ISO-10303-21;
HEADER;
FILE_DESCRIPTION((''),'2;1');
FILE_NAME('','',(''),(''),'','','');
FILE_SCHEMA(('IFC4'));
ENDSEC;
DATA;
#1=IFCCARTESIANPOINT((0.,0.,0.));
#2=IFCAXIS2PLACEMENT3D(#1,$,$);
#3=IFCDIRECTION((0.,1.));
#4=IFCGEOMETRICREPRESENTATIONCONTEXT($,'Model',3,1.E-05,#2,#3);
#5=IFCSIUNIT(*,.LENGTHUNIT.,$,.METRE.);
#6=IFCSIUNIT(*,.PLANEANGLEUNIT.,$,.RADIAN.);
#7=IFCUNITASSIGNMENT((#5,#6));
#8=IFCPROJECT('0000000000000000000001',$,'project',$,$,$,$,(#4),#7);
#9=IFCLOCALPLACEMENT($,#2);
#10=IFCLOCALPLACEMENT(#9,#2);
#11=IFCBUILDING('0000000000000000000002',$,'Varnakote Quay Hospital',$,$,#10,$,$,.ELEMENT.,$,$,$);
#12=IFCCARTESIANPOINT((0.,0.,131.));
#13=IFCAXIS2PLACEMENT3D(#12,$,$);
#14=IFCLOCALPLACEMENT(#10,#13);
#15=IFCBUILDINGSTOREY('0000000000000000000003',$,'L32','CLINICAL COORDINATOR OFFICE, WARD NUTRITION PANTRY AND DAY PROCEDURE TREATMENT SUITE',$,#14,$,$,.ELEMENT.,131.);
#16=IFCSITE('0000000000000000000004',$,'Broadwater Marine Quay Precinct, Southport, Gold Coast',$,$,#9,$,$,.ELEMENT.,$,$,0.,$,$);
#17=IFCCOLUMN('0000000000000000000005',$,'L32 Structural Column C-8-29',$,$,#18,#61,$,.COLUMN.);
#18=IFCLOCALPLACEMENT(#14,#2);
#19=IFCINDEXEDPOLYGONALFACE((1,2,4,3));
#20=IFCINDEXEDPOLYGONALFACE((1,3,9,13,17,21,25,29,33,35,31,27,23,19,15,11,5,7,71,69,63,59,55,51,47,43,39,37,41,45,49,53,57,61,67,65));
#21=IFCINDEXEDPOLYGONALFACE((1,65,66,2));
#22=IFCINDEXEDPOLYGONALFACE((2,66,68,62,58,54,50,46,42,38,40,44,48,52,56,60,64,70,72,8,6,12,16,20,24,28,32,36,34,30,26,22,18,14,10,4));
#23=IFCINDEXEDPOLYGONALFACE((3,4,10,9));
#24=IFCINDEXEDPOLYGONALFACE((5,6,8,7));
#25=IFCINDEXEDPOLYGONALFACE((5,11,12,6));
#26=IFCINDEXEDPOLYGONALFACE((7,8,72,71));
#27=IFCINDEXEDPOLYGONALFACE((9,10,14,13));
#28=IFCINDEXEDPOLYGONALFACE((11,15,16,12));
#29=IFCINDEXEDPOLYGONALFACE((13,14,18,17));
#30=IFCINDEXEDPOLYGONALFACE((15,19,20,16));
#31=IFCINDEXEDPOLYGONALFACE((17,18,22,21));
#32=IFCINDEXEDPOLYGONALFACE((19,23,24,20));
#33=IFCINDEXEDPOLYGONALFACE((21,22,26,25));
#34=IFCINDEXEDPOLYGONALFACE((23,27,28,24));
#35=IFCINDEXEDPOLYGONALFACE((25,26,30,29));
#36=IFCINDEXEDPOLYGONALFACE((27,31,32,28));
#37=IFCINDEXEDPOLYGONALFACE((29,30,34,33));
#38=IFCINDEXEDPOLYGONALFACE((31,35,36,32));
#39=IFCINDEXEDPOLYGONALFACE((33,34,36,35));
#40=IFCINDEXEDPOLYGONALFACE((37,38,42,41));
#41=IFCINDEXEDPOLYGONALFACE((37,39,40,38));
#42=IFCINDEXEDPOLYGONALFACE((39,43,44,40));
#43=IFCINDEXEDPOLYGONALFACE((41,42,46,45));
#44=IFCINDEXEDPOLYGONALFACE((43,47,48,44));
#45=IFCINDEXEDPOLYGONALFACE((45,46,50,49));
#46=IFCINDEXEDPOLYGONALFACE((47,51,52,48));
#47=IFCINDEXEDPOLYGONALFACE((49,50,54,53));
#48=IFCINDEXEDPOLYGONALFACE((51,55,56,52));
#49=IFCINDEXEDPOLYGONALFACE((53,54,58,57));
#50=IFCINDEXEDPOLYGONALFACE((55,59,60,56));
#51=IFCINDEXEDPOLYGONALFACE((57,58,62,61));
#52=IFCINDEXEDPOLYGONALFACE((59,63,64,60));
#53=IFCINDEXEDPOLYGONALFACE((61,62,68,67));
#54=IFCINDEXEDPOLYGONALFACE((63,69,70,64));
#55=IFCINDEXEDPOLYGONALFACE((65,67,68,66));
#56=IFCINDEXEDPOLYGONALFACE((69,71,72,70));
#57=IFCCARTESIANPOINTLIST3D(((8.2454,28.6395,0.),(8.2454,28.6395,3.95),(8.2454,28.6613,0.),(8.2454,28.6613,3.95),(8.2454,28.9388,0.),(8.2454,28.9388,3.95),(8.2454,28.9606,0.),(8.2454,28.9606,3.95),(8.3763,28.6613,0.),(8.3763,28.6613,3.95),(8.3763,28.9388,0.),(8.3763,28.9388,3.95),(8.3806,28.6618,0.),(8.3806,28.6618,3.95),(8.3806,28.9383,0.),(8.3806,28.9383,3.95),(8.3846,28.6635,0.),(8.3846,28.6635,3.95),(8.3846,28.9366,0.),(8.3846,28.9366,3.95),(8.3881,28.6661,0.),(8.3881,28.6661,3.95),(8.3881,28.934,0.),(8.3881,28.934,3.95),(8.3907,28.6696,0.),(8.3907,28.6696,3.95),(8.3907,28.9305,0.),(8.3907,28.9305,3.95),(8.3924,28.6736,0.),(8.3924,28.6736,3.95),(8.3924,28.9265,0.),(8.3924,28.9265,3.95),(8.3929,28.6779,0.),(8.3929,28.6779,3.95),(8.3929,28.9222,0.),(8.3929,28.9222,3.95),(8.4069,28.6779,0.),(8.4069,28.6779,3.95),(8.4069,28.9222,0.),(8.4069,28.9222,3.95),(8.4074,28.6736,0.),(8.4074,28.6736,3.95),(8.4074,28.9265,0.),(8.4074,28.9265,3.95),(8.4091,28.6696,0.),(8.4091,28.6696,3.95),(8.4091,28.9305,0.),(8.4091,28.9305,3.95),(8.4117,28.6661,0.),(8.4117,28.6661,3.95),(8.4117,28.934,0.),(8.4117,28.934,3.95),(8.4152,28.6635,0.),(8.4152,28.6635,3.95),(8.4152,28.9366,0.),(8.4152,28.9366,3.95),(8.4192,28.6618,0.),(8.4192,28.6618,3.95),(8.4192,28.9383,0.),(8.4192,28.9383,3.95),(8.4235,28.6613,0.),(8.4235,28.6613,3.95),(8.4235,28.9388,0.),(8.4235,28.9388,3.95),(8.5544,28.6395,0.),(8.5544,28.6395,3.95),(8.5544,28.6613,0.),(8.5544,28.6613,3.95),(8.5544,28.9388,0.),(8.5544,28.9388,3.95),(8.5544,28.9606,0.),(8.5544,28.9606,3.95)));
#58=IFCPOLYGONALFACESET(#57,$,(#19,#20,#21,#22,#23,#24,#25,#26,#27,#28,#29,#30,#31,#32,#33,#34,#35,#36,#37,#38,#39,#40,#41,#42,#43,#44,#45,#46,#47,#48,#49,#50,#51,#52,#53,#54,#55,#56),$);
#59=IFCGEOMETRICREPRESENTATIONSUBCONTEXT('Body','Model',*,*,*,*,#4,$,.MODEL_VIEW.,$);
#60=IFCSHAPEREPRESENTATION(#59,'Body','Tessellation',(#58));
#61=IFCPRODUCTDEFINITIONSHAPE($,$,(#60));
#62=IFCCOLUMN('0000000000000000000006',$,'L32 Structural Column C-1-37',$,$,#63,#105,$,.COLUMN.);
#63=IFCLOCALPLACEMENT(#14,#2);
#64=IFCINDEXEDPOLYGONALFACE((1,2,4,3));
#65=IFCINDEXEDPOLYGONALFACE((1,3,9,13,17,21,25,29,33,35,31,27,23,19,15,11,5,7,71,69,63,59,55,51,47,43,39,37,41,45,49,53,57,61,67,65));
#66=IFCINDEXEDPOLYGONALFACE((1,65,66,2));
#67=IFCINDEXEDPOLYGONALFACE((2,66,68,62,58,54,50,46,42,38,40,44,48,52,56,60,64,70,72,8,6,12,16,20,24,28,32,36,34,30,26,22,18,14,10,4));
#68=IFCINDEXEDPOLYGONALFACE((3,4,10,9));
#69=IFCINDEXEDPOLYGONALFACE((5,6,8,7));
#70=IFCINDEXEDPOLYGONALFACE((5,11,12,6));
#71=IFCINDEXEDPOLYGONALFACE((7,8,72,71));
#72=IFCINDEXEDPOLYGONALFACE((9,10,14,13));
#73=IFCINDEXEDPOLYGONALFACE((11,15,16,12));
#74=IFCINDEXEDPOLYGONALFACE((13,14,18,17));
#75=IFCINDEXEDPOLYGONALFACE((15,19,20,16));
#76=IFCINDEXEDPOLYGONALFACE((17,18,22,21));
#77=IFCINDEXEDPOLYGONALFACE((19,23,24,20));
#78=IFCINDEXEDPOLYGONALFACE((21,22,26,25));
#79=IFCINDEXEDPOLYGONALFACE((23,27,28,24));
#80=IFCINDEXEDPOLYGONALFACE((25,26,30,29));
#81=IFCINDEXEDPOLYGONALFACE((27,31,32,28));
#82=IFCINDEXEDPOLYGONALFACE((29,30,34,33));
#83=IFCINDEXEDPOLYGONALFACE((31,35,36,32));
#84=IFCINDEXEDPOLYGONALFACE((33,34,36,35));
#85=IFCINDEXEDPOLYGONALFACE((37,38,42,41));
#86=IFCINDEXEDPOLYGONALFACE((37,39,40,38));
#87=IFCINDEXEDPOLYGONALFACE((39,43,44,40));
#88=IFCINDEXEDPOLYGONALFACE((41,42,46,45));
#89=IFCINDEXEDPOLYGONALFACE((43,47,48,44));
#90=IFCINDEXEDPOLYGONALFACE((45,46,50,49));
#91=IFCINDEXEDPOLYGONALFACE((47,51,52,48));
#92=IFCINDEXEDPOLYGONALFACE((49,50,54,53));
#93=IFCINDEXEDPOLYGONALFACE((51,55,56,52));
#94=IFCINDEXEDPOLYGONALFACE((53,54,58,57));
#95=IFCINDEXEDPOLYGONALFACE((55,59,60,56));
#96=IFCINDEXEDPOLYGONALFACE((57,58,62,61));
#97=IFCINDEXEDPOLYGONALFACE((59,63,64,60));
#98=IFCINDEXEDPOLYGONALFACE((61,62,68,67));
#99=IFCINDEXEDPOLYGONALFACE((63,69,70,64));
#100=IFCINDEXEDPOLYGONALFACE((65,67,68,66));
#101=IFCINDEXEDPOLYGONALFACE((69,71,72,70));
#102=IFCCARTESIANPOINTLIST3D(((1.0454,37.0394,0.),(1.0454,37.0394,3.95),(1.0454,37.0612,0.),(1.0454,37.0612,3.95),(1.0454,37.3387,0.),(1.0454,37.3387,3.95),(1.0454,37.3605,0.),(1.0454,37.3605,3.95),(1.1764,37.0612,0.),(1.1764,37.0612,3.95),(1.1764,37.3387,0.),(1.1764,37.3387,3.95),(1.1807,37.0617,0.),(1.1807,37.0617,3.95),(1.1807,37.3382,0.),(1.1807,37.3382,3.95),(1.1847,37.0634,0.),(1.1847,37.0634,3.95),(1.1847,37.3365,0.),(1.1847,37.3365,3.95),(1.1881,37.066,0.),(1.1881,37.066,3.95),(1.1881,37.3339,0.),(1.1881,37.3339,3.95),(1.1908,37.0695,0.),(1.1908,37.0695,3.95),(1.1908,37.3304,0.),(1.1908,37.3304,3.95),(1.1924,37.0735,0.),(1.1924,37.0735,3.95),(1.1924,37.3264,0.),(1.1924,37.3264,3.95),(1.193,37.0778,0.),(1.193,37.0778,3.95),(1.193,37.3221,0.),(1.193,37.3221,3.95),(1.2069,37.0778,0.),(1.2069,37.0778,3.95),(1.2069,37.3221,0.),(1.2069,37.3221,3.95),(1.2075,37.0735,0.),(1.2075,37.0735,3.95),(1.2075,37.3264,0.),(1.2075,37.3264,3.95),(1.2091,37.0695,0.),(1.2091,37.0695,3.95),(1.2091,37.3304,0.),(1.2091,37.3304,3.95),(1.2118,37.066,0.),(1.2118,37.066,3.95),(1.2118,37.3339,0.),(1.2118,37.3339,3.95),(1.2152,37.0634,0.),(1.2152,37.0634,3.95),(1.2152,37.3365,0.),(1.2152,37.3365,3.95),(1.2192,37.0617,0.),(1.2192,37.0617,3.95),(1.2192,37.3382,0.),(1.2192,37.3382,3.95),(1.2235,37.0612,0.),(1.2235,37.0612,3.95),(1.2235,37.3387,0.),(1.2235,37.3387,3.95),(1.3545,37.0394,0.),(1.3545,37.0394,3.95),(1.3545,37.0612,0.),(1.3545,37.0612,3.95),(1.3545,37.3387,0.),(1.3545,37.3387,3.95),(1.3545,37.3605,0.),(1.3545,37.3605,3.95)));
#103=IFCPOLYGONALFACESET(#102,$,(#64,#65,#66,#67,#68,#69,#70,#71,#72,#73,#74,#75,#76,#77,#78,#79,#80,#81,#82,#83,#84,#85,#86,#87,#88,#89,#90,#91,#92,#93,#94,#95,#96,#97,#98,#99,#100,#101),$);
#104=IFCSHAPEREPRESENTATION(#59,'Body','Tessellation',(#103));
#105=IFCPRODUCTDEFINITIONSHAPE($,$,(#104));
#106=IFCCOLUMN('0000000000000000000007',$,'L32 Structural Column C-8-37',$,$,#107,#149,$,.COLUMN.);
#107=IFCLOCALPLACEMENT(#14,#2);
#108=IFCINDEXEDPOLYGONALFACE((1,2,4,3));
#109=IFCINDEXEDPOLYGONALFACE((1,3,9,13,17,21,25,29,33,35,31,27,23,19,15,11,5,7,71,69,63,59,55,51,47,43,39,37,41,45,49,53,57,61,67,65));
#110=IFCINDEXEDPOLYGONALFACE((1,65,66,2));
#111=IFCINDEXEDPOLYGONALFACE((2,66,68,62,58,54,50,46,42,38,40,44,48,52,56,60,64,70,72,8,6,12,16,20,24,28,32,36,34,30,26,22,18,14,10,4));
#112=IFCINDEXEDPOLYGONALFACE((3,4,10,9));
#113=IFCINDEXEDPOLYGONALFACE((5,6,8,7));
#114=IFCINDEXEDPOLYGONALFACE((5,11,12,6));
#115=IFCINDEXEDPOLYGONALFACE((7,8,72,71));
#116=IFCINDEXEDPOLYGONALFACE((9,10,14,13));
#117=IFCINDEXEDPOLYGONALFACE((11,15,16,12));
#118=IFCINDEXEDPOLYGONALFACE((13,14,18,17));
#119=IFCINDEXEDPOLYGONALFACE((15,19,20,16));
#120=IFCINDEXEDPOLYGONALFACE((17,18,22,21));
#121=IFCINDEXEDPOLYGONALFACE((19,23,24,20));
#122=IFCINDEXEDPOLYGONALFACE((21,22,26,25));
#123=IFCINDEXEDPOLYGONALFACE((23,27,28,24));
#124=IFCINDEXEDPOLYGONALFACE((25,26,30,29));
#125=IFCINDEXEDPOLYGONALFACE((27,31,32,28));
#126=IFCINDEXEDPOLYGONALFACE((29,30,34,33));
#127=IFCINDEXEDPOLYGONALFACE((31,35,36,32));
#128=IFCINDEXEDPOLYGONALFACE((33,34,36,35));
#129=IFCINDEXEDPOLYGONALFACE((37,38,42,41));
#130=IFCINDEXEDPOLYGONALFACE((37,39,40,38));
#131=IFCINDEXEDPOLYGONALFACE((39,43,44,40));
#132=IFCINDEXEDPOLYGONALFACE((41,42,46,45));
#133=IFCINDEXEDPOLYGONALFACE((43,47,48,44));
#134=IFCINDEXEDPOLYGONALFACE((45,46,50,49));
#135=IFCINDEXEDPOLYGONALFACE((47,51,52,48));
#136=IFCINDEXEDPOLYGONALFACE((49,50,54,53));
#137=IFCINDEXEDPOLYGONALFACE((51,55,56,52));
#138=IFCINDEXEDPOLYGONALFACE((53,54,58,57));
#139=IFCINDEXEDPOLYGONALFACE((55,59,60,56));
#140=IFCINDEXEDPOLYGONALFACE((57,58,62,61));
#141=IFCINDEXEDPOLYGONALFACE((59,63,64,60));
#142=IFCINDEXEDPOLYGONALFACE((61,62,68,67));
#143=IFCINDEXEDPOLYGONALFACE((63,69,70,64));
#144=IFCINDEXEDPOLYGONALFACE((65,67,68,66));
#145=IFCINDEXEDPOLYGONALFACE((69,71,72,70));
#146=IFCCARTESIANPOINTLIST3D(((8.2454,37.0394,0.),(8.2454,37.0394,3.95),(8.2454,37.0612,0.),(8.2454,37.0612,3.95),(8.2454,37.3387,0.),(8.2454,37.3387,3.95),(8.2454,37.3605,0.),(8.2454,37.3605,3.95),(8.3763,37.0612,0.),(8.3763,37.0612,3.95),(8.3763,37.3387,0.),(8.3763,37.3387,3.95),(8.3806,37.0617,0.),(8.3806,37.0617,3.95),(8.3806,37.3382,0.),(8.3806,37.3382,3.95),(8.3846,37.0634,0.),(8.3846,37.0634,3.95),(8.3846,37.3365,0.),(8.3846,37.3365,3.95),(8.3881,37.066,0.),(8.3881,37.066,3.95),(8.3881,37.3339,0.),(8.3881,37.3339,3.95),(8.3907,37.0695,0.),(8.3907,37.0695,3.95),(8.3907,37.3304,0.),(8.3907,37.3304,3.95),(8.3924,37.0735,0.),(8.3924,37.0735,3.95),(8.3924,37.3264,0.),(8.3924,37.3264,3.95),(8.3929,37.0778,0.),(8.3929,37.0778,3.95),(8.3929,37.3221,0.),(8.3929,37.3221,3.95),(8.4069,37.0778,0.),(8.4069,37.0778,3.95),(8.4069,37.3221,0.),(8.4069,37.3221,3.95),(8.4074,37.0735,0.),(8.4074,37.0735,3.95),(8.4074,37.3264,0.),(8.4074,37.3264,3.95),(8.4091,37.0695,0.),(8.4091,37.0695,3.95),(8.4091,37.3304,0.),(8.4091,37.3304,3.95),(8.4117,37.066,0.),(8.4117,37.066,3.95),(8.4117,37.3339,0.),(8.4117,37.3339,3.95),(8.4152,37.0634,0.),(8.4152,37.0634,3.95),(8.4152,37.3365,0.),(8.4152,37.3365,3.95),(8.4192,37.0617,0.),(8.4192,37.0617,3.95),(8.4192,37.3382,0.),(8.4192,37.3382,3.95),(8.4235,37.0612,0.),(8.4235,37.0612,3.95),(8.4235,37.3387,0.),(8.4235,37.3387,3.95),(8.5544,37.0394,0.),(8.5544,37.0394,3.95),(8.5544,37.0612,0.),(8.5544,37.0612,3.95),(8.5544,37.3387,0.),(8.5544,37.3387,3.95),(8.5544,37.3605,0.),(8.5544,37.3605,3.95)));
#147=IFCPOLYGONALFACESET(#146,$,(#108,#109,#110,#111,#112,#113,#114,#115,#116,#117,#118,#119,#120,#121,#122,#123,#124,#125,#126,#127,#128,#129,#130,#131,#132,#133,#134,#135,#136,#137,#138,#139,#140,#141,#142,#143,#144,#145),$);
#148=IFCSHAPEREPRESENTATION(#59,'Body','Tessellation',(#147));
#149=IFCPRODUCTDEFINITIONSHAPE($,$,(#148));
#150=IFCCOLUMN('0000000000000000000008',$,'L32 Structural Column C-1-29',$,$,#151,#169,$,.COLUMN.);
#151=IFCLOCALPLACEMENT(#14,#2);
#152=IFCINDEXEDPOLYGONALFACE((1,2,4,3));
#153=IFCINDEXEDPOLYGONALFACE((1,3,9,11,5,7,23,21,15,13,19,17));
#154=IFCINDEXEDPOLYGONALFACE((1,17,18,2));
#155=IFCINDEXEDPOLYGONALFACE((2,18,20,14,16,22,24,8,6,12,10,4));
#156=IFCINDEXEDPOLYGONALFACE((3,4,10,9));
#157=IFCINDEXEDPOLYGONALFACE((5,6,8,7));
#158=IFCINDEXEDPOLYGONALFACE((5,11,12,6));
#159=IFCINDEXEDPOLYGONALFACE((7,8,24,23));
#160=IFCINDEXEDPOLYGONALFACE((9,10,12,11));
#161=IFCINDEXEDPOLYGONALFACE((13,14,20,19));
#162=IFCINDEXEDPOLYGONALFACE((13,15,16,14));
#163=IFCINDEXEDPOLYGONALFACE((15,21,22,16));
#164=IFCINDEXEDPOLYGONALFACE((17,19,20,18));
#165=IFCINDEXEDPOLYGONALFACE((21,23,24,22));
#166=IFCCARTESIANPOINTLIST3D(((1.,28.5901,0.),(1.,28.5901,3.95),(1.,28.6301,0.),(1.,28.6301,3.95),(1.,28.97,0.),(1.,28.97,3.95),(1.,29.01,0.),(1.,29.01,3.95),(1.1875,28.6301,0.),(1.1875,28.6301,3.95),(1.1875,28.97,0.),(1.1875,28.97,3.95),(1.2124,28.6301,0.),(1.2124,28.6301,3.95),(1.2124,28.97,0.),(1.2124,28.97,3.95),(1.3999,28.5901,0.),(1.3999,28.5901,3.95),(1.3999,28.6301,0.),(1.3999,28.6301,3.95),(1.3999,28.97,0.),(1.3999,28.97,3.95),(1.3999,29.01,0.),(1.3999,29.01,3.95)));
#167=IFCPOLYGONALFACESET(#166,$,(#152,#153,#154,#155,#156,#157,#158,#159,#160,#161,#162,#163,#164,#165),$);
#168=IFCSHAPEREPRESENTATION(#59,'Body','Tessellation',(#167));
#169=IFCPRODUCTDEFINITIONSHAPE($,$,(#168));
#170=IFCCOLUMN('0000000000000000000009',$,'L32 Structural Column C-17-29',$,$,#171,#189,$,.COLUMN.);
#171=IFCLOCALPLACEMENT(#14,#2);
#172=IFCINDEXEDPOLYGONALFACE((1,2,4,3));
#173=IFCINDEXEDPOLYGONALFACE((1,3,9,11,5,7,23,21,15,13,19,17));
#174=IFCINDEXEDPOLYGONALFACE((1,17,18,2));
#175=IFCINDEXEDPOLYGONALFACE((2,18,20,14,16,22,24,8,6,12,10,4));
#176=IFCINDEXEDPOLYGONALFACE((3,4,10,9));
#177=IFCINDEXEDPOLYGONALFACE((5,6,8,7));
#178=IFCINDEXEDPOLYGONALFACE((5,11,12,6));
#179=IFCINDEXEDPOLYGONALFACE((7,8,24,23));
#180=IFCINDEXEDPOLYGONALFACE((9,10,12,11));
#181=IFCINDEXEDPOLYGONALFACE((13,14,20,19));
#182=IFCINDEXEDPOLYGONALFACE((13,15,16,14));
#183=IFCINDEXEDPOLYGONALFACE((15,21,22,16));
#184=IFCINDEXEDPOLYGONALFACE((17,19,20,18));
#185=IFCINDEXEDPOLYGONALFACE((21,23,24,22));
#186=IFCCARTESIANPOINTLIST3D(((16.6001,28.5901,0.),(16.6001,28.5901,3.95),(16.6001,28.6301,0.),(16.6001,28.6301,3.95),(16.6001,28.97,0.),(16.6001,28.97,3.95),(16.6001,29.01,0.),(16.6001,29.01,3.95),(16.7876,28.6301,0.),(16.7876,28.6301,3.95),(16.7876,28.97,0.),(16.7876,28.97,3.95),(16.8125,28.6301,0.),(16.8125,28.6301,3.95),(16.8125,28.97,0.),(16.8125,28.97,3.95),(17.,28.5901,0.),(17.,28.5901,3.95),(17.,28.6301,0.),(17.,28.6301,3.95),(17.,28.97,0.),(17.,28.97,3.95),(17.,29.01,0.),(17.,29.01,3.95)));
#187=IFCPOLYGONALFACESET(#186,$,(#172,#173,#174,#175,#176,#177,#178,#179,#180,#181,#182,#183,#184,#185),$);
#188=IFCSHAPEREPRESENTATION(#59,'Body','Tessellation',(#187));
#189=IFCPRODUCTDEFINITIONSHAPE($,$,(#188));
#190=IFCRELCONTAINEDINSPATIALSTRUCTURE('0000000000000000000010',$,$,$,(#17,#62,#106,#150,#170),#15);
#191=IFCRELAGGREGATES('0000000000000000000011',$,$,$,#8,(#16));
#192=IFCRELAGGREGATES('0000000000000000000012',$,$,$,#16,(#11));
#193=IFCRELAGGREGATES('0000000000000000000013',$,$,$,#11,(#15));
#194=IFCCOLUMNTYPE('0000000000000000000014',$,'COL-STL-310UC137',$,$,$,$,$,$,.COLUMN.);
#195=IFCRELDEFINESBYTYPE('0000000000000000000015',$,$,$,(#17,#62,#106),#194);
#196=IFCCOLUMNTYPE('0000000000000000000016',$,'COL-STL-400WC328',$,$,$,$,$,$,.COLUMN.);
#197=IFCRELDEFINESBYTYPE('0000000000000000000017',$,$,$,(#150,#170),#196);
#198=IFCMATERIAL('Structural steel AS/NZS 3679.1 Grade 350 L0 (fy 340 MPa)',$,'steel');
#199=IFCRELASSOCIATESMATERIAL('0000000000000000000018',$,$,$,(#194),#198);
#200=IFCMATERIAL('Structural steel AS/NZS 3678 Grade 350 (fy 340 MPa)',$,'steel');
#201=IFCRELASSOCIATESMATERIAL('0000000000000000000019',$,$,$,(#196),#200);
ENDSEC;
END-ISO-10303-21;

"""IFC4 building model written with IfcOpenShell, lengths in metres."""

from ifc_helpers import new_model, si_unit, direction, frame, origin, origin_2d, place, context, subcontext, project, spatial, i_section, extrude, material, material_profile, profile_set, type_object, element, save


model = new_model("IFC4")

# Units and contexts
model_context = context("Model", 3, precision=1e-05, world=origin(), true_north=direction((0.0, 1.0)))
body_context = subcontext(model_context, "Body", "Model", "MODEL_VIEW")
ifc_project = project(units=[si_unit("LENGTHUNIT", "METRE"), si_unit("PLANEANGLEUNIT", "RADIAN")], contexts=[model_context])

# Site, building, storey
site_placement = place(None, origin())
site = spatial("IfcSite", under=ifc_project, at=site_placement, Name="Broadwater Marine Quay Precinct, Southport, Gold Coast", CompositionType="ELEMENT", RefElevation=0.0)
building_placement = place(site_placement, origin())
building = spatial("IfcBuilding", under=site, at=building_placement, Name="Varnakote Quay Hospital", CompositionType="ELEMENT")
storey_placement = place(building_placement, frame((0.0, 0.0, 131.0)))
storey = spatial("IfcBuildingStorey", under=building, at=storey_placement, Name="L32", Description="CLINICAL COORDINATOR OFFICE, WARD NUTRITION PANTRY AND DAY PROCEDURE TREATMENT SUITE", CompositionType="ELEMENT", Elevation=131.0)

# Columns
ifc_material_1 = material(Name="Structural steel AS/NZS 3679.1 Grade 350 L0 (fy 340 MPa)", Category="steel")
ifc_material_profile_1 = material_profile(ifc_material_1, i_section(OverallWidth=0.3091, OverallDepth=0.321, WebThickness=0.0139, FlangeThickness=0.0217, FilletRadius=0.0166, at=origin_2d()), Name="310UC137")
ifc_profile_set_1 = profile_set([ifc_material_profile_1], Name="Structural steel AS/NZS 3679.1 Grade 350 L0 (fy 340 MPa)")
column_type_1 = type_object("IfcColumnType", Name="COL-STL-310UC137", PredefinedType="COLUMN", material=ifc_profile_set_1)
for number, where, z_axis, x_axis, name in (
    (1, (8.3999, 28.8, 0.0), (0.0, 0.0, 1.0), (1.0, 0.0, 0.0), "L32 Structural Column C-8-29"),
    (2, (1.2, 37.2, 0.0), (0.0, 0.0, 1.0), (1.0, 0.0, 0.0), "L32 Structural Column C-1-37"),
    (3, (8.3999, 37.2, 0.0), (0.0, 0.0, 1.0), (1.0, 0.0, 0.0), "L32 Structural Column C-8-37"),
):
    element("IfcColumn", number, at=place(storey_placement, frame(where, z_axis=z_axis, x_axis=x_axis)), inside=storey, type_object=column_type_1, Name=name, PredefinedType="COLUMN", context=body_context, shape_type="SweptSolid", body=[
        extrude(i_section(OverallWidth=0.3091, OverallDepth=0.321, WebThickness=0.0139, FlangeThickness=0.0217, FilletRadius=0.0166, at=origin_2d()), origin(), (0.0, 0.0, 1.0), 3.95),
    ])
ifc_material_2 = material(Name="Structural steel AS/NZS 3678 Grade 350 (fy 340 MPa)", Category="steel")
ifc_material_profile_2 = material_profile(ifc_material_2, i_section(OverallWidth=0.3999, OverallDepth=0.4199, WebThickness=0.0249, FlangeThickness=0.04, at=origin_2d()), Name="400WC328")
ifc_profile_set_2 = profile_set([ifc_material_profile_2], Name="Structural steel AS/NZS 3678 Grade 350 (fy 340 MPa)")
column_type_2 = type_object("IfcColumnType", Name="COL-STL-400WC328", PredefinedType="COLUMN", material=ifc_profile_set_2)
for number, where, z_axis, x_axis, name in (
    (4, (1.2, 28.8, 0.0), (0.0, 0.0, 1.0), (1.0, 0.0, 0.0), "L32 Structural Column C-1-29"),
    (5, (16.8, 28.8, 0.0), (0.0, 0.0, 1.0), (1.0, 0.0, 0.0), "L32 Structural Column C-17-29"),
):
    element("IfcColumn", number, at=place(storey_placement, frame(where, z_axis=z_axis, x_axis=x_axis)), inside=storey, type_object=column_type_2, Name=name, PredefinedType="COLUMN", context=body_context, shape_type="SweptSolid", body=[
        extrude(i_section(OverallWidth=0.3999, OverallDepth=0.4199, WebThickness=0.0249, FlangeThickness=0.04, at=origin_2d()), origin(), (0.0, 0.0, 1.0), 3.95),
    ])

save(model, "model.ifc")
